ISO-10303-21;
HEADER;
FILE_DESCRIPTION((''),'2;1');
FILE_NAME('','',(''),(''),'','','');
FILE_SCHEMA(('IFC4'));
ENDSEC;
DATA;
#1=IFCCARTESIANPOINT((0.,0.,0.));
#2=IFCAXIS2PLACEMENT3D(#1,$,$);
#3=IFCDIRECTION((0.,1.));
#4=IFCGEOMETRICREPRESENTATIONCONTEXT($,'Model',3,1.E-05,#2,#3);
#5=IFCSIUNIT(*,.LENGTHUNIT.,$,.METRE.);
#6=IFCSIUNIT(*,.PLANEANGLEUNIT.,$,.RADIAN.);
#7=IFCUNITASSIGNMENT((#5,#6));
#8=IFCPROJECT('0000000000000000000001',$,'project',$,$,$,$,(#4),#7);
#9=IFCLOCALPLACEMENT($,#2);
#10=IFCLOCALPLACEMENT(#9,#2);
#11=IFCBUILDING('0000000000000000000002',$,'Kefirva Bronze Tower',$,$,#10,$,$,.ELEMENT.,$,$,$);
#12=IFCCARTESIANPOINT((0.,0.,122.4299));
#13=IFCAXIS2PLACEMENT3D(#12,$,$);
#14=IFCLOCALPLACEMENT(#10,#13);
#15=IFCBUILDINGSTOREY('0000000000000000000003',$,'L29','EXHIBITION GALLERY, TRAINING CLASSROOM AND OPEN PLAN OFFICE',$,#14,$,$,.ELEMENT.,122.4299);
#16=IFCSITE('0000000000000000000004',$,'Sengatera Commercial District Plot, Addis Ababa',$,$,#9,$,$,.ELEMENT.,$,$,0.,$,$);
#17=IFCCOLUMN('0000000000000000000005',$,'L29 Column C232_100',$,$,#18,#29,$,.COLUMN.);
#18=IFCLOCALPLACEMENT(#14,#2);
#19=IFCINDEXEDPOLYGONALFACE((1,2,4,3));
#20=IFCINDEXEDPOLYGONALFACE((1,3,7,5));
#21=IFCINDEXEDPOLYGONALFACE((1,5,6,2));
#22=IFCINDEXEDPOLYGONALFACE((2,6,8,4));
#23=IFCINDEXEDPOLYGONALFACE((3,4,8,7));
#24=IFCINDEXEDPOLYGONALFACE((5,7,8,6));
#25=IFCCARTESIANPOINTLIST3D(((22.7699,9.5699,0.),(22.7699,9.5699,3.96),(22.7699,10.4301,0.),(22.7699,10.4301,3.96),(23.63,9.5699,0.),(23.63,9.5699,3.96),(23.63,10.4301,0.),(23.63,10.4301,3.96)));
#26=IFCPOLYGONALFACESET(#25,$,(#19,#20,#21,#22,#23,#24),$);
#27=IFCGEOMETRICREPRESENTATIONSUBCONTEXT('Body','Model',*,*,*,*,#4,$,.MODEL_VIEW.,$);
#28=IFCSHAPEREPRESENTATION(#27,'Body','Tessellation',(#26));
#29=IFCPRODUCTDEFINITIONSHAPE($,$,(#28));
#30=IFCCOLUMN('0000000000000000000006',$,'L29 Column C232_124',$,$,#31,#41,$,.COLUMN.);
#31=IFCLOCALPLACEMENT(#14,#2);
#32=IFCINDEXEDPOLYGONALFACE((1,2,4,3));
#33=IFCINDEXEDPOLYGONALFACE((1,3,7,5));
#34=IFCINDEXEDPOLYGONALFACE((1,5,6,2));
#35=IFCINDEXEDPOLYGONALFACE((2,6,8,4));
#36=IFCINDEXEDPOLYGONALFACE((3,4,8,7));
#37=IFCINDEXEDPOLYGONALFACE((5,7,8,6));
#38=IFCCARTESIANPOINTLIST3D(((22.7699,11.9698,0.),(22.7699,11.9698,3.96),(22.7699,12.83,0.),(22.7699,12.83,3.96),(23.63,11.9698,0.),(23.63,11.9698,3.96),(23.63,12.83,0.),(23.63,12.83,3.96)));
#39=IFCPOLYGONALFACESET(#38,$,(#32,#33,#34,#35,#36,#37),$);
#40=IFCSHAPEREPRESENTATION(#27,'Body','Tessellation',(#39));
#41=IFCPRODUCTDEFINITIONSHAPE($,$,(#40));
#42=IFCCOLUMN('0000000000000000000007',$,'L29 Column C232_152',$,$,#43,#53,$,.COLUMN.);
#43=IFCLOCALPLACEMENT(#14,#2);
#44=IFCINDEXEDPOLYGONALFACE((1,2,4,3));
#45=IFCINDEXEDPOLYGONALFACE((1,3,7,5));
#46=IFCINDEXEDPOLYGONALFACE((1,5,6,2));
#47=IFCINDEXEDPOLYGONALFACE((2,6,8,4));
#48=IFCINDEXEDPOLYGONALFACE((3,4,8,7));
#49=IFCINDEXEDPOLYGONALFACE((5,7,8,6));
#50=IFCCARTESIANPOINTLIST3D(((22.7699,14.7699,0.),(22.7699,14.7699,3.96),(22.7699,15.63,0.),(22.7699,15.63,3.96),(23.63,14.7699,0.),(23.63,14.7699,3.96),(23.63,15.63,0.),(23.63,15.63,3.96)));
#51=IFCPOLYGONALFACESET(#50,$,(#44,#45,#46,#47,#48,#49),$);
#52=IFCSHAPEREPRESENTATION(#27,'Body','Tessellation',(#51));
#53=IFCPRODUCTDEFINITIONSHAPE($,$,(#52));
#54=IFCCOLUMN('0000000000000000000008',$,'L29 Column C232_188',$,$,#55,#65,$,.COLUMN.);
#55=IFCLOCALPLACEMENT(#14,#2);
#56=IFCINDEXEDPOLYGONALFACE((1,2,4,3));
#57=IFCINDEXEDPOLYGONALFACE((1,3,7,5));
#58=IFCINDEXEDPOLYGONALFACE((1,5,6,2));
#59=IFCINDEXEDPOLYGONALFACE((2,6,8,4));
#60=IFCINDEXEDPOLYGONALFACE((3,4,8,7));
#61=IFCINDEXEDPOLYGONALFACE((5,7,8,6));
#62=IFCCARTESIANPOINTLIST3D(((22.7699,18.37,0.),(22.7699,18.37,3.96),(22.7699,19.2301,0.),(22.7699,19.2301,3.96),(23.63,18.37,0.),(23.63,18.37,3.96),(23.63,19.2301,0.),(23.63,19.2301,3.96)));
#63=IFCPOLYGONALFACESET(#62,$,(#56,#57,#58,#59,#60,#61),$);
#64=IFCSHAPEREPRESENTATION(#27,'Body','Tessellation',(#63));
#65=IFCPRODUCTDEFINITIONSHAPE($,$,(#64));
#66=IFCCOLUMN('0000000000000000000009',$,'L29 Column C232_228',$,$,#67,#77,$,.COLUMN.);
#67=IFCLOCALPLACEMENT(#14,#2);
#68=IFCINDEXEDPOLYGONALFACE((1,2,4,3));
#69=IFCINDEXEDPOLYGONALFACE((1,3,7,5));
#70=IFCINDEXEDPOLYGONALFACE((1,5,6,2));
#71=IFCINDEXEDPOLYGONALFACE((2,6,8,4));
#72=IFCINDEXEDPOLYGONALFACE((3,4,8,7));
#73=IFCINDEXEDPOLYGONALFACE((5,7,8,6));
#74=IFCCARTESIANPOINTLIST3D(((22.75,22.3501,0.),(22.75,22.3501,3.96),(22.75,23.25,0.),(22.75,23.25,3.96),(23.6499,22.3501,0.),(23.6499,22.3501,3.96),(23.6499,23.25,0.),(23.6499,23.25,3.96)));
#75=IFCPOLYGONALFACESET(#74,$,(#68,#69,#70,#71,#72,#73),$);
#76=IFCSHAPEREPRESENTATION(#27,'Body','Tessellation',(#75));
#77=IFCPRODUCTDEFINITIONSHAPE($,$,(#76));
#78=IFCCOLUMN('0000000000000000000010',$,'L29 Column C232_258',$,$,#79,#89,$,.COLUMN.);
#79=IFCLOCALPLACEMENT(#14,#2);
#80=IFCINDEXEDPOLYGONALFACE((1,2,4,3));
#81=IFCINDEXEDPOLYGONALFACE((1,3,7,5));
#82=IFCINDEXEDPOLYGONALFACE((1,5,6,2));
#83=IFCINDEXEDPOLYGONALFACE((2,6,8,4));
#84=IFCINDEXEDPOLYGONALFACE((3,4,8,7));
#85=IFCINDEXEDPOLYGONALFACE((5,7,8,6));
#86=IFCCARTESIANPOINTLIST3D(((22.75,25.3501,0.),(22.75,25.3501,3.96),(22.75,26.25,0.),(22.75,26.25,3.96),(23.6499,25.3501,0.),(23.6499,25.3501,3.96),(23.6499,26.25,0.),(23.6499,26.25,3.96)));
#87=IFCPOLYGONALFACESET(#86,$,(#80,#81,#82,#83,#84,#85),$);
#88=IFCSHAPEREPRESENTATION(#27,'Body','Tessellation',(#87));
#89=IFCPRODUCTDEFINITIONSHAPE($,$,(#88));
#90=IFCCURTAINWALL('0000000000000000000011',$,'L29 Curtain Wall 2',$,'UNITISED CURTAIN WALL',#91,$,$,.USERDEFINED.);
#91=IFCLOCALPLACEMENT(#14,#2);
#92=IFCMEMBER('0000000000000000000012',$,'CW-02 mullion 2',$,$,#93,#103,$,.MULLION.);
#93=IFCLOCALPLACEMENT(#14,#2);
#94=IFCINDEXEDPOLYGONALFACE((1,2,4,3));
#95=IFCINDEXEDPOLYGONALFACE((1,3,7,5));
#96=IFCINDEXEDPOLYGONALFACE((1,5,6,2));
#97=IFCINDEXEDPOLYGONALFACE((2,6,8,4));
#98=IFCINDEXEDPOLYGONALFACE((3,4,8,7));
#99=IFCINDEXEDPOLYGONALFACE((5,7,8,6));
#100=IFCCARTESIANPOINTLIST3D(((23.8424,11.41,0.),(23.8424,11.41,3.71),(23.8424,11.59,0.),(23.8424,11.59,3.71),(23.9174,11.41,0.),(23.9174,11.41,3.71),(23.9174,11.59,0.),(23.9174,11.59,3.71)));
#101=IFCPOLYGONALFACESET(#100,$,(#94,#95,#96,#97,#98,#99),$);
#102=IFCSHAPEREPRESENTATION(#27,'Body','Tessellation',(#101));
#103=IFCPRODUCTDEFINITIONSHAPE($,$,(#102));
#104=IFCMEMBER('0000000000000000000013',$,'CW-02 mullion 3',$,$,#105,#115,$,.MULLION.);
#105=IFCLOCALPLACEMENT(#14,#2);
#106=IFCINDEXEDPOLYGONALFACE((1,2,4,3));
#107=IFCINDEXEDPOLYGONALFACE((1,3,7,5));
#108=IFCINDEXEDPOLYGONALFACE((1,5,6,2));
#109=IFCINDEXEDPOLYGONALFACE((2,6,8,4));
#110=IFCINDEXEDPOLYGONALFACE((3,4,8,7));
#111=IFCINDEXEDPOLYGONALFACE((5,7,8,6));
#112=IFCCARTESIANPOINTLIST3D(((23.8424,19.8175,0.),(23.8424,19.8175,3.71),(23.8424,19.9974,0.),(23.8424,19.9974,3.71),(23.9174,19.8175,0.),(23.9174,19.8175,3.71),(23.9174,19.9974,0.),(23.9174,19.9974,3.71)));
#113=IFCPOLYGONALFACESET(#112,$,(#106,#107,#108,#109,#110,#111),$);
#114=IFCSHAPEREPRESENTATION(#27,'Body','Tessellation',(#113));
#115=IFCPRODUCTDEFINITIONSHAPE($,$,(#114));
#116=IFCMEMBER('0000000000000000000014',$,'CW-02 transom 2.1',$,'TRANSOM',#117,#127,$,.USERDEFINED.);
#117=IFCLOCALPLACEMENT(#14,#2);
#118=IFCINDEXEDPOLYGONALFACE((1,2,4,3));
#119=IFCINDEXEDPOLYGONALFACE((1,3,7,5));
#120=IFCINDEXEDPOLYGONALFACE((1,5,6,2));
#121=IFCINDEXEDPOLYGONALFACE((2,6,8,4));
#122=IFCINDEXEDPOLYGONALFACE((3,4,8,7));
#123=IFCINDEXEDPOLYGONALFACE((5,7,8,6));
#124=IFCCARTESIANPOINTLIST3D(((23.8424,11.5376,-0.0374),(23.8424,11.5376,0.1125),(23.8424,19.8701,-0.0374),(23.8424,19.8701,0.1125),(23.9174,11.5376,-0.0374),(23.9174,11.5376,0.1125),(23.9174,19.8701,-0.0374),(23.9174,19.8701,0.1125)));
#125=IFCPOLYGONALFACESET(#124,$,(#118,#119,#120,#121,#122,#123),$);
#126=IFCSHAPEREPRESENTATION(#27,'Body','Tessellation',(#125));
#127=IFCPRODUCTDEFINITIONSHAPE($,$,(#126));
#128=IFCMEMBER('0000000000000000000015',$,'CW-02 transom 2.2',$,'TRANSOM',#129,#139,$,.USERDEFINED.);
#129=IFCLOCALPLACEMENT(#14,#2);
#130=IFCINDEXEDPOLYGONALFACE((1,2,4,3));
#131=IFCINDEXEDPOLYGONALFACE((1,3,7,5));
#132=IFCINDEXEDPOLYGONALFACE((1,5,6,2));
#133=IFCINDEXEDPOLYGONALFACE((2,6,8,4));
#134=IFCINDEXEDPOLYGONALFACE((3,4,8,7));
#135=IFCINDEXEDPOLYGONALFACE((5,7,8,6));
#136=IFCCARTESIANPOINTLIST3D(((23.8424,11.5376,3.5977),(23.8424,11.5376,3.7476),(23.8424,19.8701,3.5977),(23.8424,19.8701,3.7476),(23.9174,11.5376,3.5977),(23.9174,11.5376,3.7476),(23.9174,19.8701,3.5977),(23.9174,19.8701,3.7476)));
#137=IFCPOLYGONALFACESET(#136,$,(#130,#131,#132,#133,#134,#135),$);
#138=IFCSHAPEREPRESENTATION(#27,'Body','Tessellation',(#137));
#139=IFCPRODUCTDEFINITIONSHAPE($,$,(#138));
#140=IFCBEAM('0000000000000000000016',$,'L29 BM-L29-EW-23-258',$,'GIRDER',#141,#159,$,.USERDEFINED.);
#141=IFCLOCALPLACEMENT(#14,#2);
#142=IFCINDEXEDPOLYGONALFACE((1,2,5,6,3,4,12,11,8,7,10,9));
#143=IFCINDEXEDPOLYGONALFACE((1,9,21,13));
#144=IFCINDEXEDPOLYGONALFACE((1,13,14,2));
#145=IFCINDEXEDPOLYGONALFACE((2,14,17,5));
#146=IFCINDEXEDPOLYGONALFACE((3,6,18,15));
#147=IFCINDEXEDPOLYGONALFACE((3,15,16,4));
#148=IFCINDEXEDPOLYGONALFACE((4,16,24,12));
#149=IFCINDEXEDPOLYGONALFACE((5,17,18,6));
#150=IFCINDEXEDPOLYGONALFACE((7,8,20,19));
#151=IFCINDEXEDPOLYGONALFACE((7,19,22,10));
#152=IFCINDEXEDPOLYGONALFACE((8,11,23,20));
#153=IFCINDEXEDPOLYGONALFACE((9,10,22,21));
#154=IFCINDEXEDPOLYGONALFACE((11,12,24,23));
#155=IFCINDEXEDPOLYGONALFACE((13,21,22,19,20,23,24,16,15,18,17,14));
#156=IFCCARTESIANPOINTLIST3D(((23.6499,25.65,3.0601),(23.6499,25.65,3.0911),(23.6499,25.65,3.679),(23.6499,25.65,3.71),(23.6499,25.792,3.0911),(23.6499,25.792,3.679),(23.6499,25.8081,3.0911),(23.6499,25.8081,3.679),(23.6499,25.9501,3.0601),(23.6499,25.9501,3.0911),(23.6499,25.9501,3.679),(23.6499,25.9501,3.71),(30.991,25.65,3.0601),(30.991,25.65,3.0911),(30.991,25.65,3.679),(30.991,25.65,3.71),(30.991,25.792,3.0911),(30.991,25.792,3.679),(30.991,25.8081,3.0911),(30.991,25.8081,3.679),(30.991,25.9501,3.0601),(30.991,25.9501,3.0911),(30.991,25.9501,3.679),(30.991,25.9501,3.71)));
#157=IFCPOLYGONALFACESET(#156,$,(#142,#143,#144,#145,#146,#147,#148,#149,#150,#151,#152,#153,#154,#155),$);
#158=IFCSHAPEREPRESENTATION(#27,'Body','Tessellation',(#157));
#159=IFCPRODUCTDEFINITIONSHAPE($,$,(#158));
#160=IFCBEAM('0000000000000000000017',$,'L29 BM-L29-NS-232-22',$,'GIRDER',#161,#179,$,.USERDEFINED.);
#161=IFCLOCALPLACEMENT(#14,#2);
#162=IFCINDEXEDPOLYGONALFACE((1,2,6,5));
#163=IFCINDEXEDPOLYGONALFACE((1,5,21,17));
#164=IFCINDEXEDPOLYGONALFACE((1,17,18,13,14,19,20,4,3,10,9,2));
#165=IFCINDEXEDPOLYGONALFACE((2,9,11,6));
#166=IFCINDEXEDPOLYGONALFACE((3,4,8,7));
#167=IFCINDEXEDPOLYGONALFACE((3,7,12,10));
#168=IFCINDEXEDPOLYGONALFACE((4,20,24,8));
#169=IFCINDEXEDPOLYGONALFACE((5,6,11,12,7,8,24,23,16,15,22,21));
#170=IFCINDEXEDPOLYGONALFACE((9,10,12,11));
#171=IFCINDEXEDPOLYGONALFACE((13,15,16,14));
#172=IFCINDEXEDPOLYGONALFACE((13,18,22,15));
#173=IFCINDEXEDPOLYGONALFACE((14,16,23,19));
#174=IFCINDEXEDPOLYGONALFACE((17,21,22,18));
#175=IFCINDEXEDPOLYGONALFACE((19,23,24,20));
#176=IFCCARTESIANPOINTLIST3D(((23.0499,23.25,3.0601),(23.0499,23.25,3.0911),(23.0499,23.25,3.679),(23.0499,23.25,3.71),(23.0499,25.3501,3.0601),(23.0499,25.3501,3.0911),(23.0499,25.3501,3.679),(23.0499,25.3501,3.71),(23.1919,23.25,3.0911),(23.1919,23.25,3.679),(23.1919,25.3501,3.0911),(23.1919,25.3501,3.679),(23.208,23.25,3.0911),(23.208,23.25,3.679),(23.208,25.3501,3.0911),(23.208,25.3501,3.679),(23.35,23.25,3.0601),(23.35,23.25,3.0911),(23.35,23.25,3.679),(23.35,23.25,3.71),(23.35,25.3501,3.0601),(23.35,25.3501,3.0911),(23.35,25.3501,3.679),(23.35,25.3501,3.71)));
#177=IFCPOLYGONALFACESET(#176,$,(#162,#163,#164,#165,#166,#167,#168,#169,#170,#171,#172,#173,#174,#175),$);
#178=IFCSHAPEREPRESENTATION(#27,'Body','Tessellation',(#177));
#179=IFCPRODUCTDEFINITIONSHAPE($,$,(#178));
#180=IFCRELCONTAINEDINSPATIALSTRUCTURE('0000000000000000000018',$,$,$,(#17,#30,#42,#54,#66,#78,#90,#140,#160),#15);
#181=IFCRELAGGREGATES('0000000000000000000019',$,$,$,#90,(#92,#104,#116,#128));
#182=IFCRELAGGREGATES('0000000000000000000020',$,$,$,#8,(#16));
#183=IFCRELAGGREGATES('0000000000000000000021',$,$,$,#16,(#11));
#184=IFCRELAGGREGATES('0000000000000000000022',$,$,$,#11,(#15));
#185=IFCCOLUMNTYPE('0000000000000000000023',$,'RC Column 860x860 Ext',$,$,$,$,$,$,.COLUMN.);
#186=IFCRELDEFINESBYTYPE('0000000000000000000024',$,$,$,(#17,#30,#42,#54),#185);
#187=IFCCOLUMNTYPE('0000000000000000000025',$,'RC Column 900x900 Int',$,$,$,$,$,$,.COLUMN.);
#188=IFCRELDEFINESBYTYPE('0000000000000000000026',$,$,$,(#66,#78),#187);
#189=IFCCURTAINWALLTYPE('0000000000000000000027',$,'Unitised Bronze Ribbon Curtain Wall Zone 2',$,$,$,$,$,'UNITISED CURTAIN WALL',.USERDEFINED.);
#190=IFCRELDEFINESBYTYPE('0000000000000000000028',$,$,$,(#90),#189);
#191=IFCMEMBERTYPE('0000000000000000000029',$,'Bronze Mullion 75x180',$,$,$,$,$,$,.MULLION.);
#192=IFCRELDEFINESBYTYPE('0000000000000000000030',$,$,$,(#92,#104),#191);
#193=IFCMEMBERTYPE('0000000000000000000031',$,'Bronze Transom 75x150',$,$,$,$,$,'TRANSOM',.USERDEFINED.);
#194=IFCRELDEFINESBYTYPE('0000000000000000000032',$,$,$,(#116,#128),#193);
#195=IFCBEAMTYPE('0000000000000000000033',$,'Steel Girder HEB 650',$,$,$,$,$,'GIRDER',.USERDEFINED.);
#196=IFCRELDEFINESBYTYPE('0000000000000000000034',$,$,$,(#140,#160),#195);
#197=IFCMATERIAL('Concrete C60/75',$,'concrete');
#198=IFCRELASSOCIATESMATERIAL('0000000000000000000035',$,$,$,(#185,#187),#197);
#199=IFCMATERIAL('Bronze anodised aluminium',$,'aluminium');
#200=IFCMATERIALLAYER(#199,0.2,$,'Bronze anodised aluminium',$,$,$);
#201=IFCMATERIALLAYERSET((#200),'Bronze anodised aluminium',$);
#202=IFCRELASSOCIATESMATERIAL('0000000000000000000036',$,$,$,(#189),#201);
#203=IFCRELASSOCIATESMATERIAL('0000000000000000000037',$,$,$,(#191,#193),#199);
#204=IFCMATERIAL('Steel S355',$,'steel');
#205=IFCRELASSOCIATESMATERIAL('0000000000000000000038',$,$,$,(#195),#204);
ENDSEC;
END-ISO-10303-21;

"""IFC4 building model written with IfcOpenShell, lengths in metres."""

from ifc_helpers import new_model, si_unit, direction, frame, origin, origin_2d, place, context, subcontext, project, spatial, rectangle, i_section, extrude, material, layer, layer_set, material_profile, profile_set, type_object, element, aggregate, save


model = new_model("IFC4")

# Units and contexts
model_context = context("Model", 3, precision=1e-05, world=origin(), true_north=direction((0.0, 1.0)))
body_context = subcontext(model_context, "Body", "Model", "MODEL_VIEW")
ifc_project = project(units=[si_unit("LENGTHUNIT", "METRE"), si_unit("PLANEANGLEUNIT", "RADIAN")], contexts=[model_context])

# Site, building, storey
site_placement = place(None, origin())
site = spatial("IfcSite", under=ifc_project, at=site_placement, Name="Sengatera Commercial District Plot, Addis Ababa", CompositionType="ELEMENT", RefElevation=0.0)
building_placement = place(site_placement, origin())
building = spatial("IfcBuilding", under=site, at=building_placement, Name="Kefirva Bronze Tower", CompositionType="ELEMENT")
storey_placement = place(building_placement, frame((0.0, 0.0, 122.4299)))
storey = spatial("IfcBuildingStorey", under=building, at=storey_placement, Name="L29", Description="EXHIBITION GALLERY, TRAINING CLASSROOM AND OPEN PLAN OFFICE", CompositionType="ELEMENT", Elevation=122.4299)

# Columns
ifc_material_1 = material(Name="Concrete C60/75", Category="concrete")
ifc_material_profile_1 = material_profile(ifc_material_1, rectangle(XDim=0.8601, YDim=0.8601, at=origin_2d()), Name="RC 860x860")
ifc_profile_set_1 = profile_set([ifc_material_profile_1], Name="Concrete C60/75")
column_type_1 = type_object("IfcColumnType", Name="RC Column 860x860 Ext", PredefinedType="COLUMN", material=ifc_profile_set_1)
for number, where, z_axis, x_axis, name in (
    (1, (23.2, 10.0, 0.0), (0.0, 0.0, 1.0), (1.0, 0.0, 0.0), "L29 Column C232_100"),
    (2, (23.2, 12.3999, 0.0), (0.0, 0.0, 1.0), (1.0, 0.0, 0.0), "L29 Column C232_124"),
    (3, (23.2, 15.2, 0.0), (0.0, 0.0, 1.0), (1.0, 0.0, 0.0), "L29 Column C232_152"),
    (4, (23.2, 18.8, 0.0), (0.0, 0.0, 1.0), (1.0, 0.0, 0.0), "L29 Column C232_188"),
):
    element("IfcColumn", number, at=place(storey_placement, frame(where, z_axis=z_axis, x_axis=x_axis)), inside=storey, type_object=column_type_1, Name=name, PredefinedType="COLUMN", context=body_context, shape_type="SweptSolid", body=[
        extrude(rectangle(XDim=0.8601, YDim=0.8601, at=origin_2d()), origin(), (0.0, 0.0, 1.0), 3.96),
    ])
ifc_material_profile_2 = material_profile(ifc_material_1, rectangle(XDim=0.8999, YDim=0.8999, at=origin_2d()), Name="RC 900x900")
ifc_profile_set_2 = profile_set([ifc_material_profile_2], Name="Concrete C60/75")
column_type_2 = type_object("IfcColumnType", Name="RC Column 900x900 Int", PredefinedType="COLUMN", material=ifc_profile_set_2)
for number, where, z_axis, x_axis, name in (
    (5, (23.2, 22.8, 0.0), (0.0, 0.0, 1.0), (1.0, 0.0, 0.0), "L29 Column C232_228"),
    (6, (23.2, 25.8, 0.0), (0.0, 0.0, 1.0), (1.0, 0.0, 0.0), "L29 Column C232_258"),
):
    element("IfcColumn", number, at=place(storey_placement, frame(where, z_axis=z_axis, x_axis=x_axis)), inside=storey, type_object=column_type_2, Name=name, PredefinedType="COLUMN", context=body_context, shape_type="SweptSolid", body=[
        extrude(rectangle(XDim=0.8999, YDim=0.8999, at=origin_2d()), origin(), (0.0, 0.0, 1.0), 3.96),
    ])

# Curtain wall, members
ifc_material_2 = material(Name="Bronze anodised aluminium", Category="aluminium")
ifc_layer_1 = layer(ifc_material_2, 0.2, Name="Bronze anodised aluminium")
ifc_layer_set_1 = layer_set([ifc_layer_1], Name="Bronze anodised aluminium")
curtain_wall_type = type_object("IfcCurtainWallType", Name="Unitised Bronze Ribbon Curtain Wall Zone 2", ElementType="UNITISED CURTAIN WALL", PredefinedType="USERDEFINED", material=ifc_layer_set_1)
curtain_wall_placement = place(storey_placement, origin())
curtain_wall = element("IfcCurtainWall", 7, at=curtain_wall_placement, inside=storey, type_object=curtain_wall_type, Name="L29 Curtain Wall 2", ObjectType="UNITISED CURTAIN WALL", PredefinedType="USERDEFINED")
ifc_material_profile_3 = material_profile(ifc_material_2, rectangle(XDim=0.075, YDim=0.1799, at=origin_2d()), Name="ALU 75x180")
ifc_profile_set_3 = profile_set([ifc_material_profile_3], Name="Bronze anodised aluminium")
member_type_1 = type_object("IfcMemberType", Name="Bronze Mullion 75x180", PredefinedType="MULLION", material=ifc_profile_set_3)
member_1_placement = place(storey_placement, frame((23.8799, 11.5, 0.0), z_axis=(0.0, 0.0, 1.0), x_axis=(-1.0, 0.0, 0.0)))
member_1 = element("IfcMember", 8, at=member_1_placement, type_object=member_type_1, Name="CW-02 mullion 2", PredefinedType="MULLION", context=body_context, shape_type="SweptSolid", body=[
    extrude(rectangle(XDim=0.075, YDim=0.1799, at=origin_2d()), origin(), (0.0, 0.0, 1.0), 3.71),
])
member_2_placement = place(storey_placement, frame((23.8799, 19.9075, 0.0), z_axis=(0.0, 0.0, 1.0), x_axis=(-1.0, 0.0, 0.0)))
member_2 = element("IfcMember", 9, at=member_2_placement, type_object=member_type_1, Name="CW-02 mullion 3", PredefinedType="MULLION", context=body_context, shape_type="SweptSolid", body=[
    extrude(rectangle(XDim=0.075, YDim=0.1799, at=origin_2d()), origin(), (0.0, 0.0, 1.0), 3.71),
])
ifc_material_profile_4 = material_profile(ifc_material_2, rectangle(XDim=0.075, YDim=0.1499, at=origin_2d()), Name="ALU 75x150")
ifc_profile_set_4 = profile_set([ifc_material_profile_4], Name="Bronze anodised aluminium")
member_type_2 = type_object("IfcMemberType", Name="Bronze Transom 75x150", ElementType="TRANSOM", PredefinedType="USERDEFINED", material=ifc_profile_set_4)
member_3_placement = place(storey_placement, frame((23.8799, 11.5376, 0.0376), z_axis=(0.0, 1.0, 0.0), x_axis=(-1.0, 0.0, 0.0)))
member_3 = element("IfcMember", 10, at=member_3_placement, type_object=member_type_2, Name="CW-02 transom 2.1", ObjectType="TRANSOM", PredefinedType="USERDEFINED", context=body_context, shape_type="SweptSolid", body=[
    extrude(rectangle(XDim=0.075, YDim=0.1499, at=origin_2d()), origin(), (0.0, 0.0, 1.0), 8.3325),
])
member_4_placement = place(storey_placement, frame((23.8799, 11.5376, 3.6726), z_axis=(0.0, 1.0, 0.0), x_axis=(-1.0, 0.0, 0.0)))
member_4 = element("IfcMember", 11, at=member_4_placement, type_object=member_type_2, Name="CW-02 transom 2.2", ObjectType="TRANSOM", PredefinedType="USERDEFINED", context=body_context, shape_type="SweptSolid", body=[
    extrude(rectangle(XDim=0.075, YDim=0.1499, at=origin_2d()), origin(), (0.0, 0.0, 1.0), 8.3325),
])

# Beams
ifc_material_3 = material(Name="Steel S355", Category="steel")
ifc_material_profile_5 = material_profile(ifc_material_3, i_section(OverallWidth=0.3, OverallDepth=0.6499, WebThickness=0.0161, FlangeThickness=0.031, at=origin_2d()), Name="HEB 650")
ifc_profile_set_5 = profile_set([ifc_material_profile_5], Name="Steel S355")
beam_type_1 = type_object("IfcBeamType", Name="Steel Girder HEB 650", ElementType="GIRDER", PredefinedType="USERDEFINED", material=ifc_profile_set_5)
beam_1_placement = place(storey_placement, frame((23.6499, 25.8, 3.385), z_axis=(1.0, 0.0, 0.0), x_axis=(0.0, 1.0, 0.0)))
element("IfcBeam", 12, at=beam_1_placement, inside=storey, type_object=beam_type_1, Name="L29 BM-L29-EW-23-258", ObjectType="GIRDER", PredefinedType="USERDEFINED", context=body_context, shape_type="SweptSolid", body=[
    extrude(i_section(OverallWidth=0.3, OverallDepth=0.6499, WebThickness=0.0161, FlangeThickness=0.031, at=origin_2d()), origin(), (0.0, 0.0, 1.0), 7.3411),
])
beam_2_placement = place(storey_placement, frame((23.2, 23.25, 3.385), z_axis=(0.0, 1.0, 0.0), x_axis=(-1.0, 0.0, 0.0)))
element("IfcBeam", 13, at=beam_2_placement, inside=storey, type_object=beam_type_1, Name="L29 BM-L29-NS-232-22", ObjectType="GIRDER", PredefinedType="USERDEFINED", context=body_context, shape_type="SweptSolid", body=[
    extrude(i_section(OverallWidth=0.3, OverallDepth=0.6499, WebThickness=0.0161, FlangeThickness=0.031, at=origin_2d()), origin(), (0.0, 0.0, 1.0), 2.1001),
])

aggregate(curtain_wall, [member_1, member_2, member_3, member_4])

save(model, "model.ifc")
